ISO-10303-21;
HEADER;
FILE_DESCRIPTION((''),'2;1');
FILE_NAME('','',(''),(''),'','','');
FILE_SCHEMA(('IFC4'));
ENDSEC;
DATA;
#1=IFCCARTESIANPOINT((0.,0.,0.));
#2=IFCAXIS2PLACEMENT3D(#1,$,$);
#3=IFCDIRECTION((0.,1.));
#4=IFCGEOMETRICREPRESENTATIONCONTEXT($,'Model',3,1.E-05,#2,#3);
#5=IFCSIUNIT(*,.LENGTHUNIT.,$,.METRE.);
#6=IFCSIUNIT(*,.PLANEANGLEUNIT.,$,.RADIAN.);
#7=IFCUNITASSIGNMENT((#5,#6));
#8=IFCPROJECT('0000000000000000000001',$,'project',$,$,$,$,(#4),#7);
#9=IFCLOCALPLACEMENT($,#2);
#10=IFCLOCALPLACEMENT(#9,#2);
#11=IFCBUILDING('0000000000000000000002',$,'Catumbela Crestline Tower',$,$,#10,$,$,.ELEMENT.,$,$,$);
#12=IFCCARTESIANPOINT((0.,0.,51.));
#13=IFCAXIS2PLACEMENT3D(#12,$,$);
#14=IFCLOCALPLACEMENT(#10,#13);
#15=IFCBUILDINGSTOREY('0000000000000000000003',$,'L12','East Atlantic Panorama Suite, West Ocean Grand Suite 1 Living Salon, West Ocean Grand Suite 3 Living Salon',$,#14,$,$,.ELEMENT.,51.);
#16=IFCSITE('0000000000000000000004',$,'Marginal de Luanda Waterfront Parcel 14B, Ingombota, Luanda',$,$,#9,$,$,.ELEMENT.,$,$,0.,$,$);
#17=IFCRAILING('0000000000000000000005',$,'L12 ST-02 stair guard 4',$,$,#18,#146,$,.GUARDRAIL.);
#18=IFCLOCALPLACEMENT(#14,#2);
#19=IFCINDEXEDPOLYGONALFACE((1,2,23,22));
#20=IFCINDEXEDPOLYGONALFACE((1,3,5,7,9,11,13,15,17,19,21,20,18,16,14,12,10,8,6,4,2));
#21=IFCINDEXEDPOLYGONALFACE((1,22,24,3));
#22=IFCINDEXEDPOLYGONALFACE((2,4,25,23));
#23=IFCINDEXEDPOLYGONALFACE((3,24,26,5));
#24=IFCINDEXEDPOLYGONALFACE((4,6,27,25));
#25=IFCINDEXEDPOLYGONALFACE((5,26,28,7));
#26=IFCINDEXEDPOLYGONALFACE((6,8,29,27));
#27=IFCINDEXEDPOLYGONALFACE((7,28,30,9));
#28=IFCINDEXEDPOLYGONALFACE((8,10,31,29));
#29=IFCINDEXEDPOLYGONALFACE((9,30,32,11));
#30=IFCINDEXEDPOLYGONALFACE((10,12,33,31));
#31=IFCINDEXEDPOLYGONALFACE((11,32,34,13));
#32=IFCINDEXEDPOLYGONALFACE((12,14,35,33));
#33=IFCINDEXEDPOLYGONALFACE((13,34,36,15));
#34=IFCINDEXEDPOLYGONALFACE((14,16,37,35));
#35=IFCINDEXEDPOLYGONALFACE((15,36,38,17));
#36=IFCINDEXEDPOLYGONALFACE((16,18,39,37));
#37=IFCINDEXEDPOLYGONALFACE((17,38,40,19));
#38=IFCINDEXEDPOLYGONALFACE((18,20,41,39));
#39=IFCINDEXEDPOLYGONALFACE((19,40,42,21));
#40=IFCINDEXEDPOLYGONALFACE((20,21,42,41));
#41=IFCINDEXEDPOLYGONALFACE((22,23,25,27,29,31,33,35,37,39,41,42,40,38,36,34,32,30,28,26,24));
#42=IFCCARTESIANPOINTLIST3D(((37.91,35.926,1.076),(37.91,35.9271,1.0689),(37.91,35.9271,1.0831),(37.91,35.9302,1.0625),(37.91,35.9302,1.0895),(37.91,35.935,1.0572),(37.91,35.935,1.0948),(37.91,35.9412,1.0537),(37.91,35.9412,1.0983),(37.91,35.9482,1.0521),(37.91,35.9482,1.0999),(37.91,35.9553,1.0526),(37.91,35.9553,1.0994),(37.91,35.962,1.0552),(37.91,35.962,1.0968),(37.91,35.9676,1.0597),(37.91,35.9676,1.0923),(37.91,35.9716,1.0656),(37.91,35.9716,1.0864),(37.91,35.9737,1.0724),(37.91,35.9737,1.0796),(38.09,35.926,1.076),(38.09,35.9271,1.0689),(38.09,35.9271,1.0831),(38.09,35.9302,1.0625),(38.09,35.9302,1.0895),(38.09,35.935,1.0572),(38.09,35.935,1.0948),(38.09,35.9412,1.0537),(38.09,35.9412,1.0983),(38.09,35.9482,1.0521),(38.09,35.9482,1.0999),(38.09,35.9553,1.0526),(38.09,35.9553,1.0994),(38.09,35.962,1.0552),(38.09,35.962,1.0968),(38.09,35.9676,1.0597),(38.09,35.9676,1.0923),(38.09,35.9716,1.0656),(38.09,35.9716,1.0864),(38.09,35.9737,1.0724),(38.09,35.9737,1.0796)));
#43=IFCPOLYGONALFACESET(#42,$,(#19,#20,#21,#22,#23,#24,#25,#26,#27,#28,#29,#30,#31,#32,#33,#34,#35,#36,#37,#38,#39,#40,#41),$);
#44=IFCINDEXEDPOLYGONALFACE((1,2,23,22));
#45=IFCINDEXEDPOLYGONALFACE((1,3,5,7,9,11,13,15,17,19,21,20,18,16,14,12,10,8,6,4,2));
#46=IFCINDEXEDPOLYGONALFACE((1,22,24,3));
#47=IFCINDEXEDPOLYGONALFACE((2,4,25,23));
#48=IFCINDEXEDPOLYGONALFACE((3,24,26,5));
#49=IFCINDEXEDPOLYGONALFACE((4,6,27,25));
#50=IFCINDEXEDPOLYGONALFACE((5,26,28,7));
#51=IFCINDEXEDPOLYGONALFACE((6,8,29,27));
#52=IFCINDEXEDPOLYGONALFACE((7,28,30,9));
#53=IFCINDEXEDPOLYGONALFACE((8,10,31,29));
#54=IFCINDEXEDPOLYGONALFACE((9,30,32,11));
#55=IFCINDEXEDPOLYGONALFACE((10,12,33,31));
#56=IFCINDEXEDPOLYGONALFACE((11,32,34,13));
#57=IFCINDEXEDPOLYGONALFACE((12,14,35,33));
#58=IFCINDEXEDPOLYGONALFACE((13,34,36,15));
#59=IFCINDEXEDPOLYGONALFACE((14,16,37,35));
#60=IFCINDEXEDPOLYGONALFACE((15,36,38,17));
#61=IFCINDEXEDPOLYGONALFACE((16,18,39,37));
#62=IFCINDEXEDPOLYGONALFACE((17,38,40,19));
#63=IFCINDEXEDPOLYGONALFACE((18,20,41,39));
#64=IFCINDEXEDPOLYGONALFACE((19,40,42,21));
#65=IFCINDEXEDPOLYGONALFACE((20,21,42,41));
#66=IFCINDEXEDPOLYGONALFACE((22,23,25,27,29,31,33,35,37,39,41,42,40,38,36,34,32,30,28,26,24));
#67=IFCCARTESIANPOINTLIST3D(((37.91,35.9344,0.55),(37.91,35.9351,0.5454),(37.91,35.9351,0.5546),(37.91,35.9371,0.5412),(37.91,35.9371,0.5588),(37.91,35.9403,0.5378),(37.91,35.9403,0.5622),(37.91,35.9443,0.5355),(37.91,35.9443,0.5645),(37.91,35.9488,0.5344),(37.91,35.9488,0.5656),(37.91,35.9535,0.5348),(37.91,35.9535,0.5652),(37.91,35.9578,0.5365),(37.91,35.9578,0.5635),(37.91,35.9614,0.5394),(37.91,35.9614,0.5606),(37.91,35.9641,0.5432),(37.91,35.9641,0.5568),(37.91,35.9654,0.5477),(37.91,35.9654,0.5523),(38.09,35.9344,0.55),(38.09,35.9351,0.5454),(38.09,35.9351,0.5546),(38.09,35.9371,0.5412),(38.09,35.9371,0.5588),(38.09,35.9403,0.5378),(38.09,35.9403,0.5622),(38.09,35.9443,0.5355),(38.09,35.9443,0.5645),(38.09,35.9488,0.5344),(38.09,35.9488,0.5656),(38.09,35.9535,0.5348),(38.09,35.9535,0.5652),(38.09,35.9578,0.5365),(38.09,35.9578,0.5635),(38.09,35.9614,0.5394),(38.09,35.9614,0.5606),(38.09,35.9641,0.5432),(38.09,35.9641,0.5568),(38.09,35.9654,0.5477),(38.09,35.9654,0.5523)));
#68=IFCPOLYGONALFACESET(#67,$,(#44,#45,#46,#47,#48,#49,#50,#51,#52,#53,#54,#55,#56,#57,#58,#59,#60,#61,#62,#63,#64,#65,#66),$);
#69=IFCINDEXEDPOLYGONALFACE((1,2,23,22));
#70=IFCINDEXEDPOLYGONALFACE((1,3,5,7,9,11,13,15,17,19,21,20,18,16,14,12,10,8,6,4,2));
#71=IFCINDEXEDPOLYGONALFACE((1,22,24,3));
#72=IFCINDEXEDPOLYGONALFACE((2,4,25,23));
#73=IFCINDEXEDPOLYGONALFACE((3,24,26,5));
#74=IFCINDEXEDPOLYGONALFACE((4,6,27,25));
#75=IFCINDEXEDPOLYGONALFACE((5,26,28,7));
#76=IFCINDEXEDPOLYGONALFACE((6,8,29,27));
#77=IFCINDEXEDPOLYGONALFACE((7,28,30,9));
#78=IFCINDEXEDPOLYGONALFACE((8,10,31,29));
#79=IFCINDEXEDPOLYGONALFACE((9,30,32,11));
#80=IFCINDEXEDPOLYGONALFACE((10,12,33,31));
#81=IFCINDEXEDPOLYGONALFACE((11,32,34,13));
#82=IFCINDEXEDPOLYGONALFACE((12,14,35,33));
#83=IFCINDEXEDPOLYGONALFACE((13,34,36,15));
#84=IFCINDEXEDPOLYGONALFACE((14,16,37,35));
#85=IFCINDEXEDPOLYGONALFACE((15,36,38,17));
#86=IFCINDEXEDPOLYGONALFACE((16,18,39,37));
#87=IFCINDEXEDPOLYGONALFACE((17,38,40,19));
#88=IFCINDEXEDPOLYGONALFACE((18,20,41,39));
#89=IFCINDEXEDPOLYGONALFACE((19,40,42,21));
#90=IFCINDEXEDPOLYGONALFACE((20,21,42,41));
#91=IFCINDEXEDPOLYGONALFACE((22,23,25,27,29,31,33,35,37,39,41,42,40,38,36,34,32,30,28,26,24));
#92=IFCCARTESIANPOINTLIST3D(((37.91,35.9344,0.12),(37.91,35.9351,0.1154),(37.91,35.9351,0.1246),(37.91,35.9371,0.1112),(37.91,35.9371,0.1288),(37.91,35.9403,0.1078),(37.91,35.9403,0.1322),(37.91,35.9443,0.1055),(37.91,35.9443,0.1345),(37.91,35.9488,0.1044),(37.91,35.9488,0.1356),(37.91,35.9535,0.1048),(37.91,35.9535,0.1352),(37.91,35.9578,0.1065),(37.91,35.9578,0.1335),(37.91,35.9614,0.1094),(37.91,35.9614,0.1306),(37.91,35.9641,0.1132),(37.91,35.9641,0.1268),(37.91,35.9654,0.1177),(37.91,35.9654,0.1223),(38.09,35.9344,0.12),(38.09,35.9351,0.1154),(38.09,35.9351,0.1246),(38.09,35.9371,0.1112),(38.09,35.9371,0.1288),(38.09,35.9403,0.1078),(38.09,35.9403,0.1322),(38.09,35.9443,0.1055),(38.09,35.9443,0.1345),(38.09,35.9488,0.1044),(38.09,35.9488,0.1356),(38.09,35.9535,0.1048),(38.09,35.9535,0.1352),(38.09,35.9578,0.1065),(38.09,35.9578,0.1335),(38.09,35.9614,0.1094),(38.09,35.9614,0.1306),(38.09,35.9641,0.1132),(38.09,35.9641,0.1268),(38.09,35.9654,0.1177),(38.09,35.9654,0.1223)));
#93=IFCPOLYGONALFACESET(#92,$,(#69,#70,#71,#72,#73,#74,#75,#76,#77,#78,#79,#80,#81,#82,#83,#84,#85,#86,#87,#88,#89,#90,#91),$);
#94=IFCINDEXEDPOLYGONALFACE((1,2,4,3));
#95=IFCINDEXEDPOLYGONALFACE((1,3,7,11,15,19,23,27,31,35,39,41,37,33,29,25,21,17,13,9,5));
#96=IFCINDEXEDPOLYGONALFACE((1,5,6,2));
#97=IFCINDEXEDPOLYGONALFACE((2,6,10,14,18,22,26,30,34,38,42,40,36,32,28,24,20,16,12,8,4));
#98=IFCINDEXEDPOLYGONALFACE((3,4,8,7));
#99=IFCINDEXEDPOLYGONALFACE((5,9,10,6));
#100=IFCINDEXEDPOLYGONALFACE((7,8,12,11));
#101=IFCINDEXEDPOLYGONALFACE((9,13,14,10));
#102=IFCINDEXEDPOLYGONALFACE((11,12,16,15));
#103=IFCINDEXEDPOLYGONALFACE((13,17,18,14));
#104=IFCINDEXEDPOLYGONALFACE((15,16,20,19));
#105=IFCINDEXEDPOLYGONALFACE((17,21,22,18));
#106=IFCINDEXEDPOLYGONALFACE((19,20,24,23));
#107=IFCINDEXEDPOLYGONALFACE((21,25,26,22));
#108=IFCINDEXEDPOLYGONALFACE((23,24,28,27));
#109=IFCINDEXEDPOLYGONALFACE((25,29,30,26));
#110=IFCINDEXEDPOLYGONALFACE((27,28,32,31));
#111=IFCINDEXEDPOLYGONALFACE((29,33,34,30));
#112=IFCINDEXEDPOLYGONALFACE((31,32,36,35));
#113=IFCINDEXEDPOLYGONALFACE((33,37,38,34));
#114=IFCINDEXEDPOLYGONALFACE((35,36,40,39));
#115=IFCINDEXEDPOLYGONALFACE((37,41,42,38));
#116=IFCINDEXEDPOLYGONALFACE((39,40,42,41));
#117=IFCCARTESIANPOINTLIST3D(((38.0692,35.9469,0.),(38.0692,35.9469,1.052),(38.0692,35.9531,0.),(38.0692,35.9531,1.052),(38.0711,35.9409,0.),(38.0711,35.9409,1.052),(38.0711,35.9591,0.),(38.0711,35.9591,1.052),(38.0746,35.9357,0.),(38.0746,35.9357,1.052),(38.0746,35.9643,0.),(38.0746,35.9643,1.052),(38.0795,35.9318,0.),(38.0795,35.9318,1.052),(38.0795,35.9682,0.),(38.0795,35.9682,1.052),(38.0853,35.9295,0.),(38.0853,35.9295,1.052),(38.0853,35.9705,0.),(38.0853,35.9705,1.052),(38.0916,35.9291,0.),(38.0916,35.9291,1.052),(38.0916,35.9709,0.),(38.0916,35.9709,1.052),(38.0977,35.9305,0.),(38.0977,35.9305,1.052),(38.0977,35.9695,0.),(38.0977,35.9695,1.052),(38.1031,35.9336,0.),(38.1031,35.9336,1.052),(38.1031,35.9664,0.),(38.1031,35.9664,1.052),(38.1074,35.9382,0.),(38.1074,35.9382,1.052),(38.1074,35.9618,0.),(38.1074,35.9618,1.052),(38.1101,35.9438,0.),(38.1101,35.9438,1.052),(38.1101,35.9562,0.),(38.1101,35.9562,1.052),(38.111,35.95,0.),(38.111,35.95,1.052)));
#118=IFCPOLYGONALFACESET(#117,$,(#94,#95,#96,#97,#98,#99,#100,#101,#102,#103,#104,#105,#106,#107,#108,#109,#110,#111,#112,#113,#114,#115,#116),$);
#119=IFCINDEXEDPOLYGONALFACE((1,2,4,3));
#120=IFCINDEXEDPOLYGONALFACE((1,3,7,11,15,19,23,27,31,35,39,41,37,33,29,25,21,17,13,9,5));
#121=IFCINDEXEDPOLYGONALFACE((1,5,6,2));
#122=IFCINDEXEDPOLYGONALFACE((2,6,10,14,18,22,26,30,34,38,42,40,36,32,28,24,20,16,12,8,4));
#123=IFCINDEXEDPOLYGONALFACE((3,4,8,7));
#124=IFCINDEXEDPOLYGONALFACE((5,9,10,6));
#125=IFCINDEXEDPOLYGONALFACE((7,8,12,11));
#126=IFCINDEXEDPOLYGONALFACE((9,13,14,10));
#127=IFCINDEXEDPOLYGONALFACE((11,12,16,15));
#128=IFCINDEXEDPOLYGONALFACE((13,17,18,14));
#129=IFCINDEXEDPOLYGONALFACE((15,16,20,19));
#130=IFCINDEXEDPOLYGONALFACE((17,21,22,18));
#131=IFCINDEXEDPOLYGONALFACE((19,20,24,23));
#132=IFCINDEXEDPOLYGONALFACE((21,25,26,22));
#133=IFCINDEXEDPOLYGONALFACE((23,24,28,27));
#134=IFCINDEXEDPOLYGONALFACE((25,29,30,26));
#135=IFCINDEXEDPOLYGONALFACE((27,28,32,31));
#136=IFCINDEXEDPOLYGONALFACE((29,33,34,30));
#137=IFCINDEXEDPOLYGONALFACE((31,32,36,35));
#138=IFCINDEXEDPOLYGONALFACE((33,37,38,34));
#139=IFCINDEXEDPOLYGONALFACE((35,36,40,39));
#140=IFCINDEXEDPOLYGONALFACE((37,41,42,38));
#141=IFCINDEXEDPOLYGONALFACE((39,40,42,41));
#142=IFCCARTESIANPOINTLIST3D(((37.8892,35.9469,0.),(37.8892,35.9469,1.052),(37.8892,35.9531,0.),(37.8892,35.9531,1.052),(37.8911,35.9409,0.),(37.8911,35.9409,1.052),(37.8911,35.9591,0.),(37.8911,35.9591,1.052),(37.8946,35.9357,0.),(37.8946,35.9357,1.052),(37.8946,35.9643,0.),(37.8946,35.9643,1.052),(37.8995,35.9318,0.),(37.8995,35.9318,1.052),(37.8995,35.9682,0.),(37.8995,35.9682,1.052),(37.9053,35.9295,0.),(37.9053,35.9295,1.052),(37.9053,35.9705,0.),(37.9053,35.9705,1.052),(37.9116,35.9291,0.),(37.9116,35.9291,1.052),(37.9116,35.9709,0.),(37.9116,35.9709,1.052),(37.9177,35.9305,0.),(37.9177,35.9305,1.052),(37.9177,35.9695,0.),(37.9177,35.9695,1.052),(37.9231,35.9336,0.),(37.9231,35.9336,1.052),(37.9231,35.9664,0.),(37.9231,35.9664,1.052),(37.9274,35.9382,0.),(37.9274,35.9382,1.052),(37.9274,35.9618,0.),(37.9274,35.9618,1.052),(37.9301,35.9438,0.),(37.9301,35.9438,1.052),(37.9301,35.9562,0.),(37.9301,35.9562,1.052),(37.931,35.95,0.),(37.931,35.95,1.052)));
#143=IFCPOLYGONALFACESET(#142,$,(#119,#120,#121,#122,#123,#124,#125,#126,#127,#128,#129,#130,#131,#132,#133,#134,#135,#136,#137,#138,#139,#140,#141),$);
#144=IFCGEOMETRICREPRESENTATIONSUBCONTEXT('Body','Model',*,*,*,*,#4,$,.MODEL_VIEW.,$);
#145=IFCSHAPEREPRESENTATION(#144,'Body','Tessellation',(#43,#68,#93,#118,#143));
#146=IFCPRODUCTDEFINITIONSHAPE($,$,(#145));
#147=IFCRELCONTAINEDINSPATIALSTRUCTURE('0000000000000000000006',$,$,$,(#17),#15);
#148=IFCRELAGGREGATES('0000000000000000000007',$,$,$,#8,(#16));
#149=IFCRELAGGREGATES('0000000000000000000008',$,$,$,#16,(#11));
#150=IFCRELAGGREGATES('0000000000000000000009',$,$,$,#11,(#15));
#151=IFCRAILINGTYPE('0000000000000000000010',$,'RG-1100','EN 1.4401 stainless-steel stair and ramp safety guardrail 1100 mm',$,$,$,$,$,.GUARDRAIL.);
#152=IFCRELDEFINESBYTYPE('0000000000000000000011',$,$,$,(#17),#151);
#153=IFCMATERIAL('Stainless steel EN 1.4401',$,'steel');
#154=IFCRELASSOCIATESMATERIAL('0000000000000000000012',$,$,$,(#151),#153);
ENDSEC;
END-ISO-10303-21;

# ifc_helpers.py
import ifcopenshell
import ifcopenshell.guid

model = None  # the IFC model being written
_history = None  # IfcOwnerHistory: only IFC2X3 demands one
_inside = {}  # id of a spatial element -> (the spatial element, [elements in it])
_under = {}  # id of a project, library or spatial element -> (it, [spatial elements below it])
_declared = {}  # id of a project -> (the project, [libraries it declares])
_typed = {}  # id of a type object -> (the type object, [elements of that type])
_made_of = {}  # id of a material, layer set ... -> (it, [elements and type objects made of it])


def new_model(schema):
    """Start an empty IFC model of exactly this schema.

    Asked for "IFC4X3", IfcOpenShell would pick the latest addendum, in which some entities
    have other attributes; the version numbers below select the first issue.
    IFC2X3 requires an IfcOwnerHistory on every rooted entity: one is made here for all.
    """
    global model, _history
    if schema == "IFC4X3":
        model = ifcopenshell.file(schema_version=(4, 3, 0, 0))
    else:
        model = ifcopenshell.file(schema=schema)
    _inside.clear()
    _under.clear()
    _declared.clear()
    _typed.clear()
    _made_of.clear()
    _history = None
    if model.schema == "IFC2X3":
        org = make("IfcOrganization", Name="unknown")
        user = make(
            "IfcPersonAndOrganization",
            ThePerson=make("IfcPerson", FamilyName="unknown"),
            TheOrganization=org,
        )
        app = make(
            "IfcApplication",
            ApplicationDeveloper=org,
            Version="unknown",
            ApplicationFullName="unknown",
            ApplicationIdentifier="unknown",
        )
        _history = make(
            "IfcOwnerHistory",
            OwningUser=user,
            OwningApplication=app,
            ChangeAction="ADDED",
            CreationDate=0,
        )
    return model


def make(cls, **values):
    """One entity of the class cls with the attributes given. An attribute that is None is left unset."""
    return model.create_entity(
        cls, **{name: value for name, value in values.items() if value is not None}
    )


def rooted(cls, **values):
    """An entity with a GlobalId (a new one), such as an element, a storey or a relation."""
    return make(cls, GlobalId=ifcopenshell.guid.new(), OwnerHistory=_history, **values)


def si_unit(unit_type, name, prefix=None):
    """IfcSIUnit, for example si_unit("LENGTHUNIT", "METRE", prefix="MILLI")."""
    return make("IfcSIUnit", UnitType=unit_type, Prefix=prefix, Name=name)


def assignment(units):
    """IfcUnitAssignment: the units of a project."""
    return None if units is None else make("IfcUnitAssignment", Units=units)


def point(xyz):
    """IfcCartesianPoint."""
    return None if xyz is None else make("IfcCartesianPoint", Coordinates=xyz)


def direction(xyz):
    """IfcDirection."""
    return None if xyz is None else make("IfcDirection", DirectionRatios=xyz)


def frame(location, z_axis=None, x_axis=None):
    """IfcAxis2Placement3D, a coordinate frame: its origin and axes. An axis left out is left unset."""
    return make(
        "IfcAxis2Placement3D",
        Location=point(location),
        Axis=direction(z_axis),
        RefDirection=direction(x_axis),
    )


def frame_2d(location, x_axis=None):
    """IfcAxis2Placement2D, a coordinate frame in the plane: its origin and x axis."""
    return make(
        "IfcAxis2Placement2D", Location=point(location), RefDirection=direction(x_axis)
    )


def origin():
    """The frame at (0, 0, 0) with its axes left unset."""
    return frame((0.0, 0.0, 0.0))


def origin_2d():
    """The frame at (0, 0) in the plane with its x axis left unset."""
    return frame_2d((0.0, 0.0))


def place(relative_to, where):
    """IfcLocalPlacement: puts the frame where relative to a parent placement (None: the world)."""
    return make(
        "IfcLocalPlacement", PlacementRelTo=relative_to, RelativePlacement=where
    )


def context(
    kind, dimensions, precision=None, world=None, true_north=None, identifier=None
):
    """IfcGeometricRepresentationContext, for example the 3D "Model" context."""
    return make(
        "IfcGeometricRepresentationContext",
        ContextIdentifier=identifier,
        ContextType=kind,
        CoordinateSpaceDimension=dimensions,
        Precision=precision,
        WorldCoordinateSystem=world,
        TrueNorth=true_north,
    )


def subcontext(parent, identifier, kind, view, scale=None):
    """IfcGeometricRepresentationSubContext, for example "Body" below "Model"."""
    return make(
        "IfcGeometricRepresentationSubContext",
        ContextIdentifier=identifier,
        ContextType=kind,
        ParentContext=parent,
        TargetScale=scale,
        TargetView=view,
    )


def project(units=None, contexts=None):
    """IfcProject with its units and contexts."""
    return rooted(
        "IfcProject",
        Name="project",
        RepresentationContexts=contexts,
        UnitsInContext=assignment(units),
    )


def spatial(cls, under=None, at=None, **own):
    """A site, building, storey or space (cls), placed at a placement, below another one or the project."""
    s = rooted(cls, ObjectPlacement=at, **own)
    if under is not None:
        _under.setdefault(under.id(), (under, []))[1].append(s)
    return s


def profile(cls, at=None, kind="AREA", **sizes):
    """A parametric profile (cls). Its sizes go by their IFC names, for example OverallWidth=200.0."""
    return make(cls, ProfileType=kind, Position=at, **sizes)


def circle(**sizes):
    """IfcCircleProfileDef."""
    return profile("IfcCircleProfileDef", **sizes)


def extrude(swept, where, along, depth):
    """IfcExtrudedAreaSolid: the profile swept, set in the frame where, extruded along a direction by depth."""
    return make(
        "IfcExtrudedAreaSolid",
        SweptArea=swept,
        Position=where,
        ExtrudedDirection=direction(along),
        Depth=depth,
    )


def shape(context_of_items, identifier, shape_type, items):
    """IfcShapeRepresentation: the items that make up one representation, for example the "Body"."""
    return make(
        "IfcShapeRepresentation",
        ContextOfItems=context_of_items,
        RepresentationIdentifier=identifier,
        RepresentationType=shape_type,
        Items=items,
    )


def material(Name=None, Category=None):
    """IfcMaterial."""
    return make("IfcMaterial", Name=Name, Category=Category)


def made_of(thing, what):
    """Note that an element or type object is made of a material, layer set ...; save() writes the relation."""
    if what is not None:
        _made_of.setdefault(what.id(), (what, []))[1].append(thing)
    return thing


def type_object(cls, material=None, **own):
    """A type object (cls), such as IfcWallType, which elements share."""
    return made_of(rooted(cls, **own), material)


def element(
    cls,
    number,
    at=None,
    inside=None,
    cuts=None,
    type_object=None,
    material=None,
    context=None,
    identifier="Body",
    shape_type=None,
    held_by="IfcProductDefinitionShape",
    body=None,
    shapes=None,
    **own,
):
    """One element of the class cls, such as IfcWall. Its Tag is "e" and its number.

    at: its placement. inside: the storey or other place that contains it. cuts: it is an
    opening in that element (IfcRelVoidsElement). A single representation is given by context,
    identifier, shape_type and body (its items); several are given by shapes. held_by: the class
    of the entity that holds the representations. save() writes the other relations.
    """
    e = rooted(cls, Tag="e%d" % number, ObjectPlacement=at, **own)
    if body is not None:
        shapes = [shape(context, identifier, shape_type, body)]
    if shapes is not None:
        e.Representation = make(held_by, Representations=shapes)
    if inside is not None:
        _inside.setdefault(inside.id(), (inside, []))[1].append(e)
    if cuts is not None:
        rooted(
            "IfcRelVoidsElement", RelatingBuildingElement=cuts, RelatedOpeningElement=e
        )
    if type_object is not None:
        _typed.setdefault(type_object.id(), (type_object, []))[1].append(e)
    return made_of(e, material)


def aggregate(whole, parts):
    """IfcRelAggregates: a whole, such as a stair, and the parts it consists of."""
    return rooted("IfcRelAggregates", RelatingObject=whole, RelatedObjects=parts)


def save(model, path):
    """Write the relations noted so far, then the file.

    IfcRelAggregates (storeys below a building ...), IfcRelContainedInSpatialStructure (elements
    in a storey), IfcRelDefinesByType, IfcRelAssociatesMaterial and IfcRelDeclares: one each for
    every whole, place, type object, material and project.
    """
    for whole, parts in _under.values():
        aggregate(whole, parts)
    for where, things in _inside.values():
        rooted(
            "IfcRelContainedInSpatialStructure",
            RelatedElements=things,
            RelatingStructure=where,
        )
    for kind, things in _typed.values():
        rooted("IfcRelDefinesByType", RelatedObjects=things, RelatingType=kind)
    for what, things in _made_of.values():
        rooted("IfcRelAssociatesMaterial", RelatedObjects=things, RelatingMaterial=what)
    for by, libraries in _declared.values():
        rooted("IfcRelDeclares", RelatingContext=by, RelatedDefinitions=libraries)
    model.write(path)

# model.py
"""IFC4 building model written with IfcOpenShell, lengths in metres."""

from ifc_helpers import new_model, si_unit, direction, frame, origin, origin_2d, place, context, subcontext, project, spatial, circle, extrude, material, type_object, element, save


model = new_model("IFC4")

# Units and contexts
model_context = context("Model", 3, precision=1e-05, world=origin(), true_north=direction((0.0, 1.0)))
body_context = subcontext(model_context, "Body", "Model", "MODEL_VIEW")
ifc_project = project(units=[si_unit("LENGTHUNIT", "METRE"), si_unit("PLANEANGLEUNIT", "RADIAN")], contexts=[model_context])

# Site, building, storey
site_placement = place(None, origin())
site = spatial("IfcSite", under=ifc_project, at=site_placement, Name="Marginal de Luanda Waterfront Parcel 14B, Ingombota, Luanda", CompositionType="ELEMENT", RefElevation=0.0)
building_placement = place(site_placement, origin())
building = spatial("IfcBuilding", under=site, at=building_placement, Name="Catumbela Crestline Tower", CompositionType="ELEMENT")
storey_placement = place(building_placement, frame((0.0, 0.0, 51.0)))
storey = spatial("IfcBuildingStorey", under=building, at=storey_placement, Name="L12", Description="East Atlantic Panorama Suite, West Ocean Grand Suite 1 Living Salon, West Ocean Grand Suite 3 Living Salon", CompositionType="ELEMENT", Elevation=51.0)

# Shared definitions
ifc_material_1 = material(Name="Stainless steel EN 1.4401", Category="steel")

# Railing
railing_type_1 = type_object("IfcRailingType", Name="RG-1100", Description="EN 1.4401 stainless-steel stair and ramp safety guardrail 1100 mm", PredefinedType="GUARDRAIL", material=ifc_material_1)
railing_1_placement = place(storey_placement, frame((38.09, 35.95, 0.0)))
element("IfcRailing", 1, at=railing_1_placement, inside=storey, type_object=railing_type_1, Name="L12 ST-02 stair guard 4", PredefinedType="GUARDRAIL", context=body_context, shape_type="SweptSolid", body=[
    extrude(circle(Radius=0.024, at=origin_2d()), frame((0.0, 0.0, 1.076), z_axis=(-1.0, 0.0, 0.0), x_axis=(0.0, -1.0, 0.0)), (0.0, 0.0, 1.0), 0.18),
    extrude(circle(Radius=0.0156, at=origin_2d()), frame((0.0, 0.0, 0.55), z_axis=(-1.0, 0.0, 0.0), x_axis=(0.0, -1.0, 0.0)), (0.0, 0.0, 1.0), 0.18),
    extrude(circle(Radius=0.0156, at=origin_2d()), frame((0.0, 0.0, 0.12), z_axis=(-1.0, 0.0, 0.0), x_axis=(0.0, -1.0, 0.0)), (0.0, 0.0, 1.0), 0.18),
    extrude(circle(Radius=0.021, at=origin_2d()), origin(), (0.0, 0.0, 1.0), 1.052),
    extrude(circle(Radius=0.021, at=origin_2d()), frame((-0.18, 0.0, 0.0)), (0.0, 0.0, 1.0), 1.052),
])

save(model, "model.ifc")
